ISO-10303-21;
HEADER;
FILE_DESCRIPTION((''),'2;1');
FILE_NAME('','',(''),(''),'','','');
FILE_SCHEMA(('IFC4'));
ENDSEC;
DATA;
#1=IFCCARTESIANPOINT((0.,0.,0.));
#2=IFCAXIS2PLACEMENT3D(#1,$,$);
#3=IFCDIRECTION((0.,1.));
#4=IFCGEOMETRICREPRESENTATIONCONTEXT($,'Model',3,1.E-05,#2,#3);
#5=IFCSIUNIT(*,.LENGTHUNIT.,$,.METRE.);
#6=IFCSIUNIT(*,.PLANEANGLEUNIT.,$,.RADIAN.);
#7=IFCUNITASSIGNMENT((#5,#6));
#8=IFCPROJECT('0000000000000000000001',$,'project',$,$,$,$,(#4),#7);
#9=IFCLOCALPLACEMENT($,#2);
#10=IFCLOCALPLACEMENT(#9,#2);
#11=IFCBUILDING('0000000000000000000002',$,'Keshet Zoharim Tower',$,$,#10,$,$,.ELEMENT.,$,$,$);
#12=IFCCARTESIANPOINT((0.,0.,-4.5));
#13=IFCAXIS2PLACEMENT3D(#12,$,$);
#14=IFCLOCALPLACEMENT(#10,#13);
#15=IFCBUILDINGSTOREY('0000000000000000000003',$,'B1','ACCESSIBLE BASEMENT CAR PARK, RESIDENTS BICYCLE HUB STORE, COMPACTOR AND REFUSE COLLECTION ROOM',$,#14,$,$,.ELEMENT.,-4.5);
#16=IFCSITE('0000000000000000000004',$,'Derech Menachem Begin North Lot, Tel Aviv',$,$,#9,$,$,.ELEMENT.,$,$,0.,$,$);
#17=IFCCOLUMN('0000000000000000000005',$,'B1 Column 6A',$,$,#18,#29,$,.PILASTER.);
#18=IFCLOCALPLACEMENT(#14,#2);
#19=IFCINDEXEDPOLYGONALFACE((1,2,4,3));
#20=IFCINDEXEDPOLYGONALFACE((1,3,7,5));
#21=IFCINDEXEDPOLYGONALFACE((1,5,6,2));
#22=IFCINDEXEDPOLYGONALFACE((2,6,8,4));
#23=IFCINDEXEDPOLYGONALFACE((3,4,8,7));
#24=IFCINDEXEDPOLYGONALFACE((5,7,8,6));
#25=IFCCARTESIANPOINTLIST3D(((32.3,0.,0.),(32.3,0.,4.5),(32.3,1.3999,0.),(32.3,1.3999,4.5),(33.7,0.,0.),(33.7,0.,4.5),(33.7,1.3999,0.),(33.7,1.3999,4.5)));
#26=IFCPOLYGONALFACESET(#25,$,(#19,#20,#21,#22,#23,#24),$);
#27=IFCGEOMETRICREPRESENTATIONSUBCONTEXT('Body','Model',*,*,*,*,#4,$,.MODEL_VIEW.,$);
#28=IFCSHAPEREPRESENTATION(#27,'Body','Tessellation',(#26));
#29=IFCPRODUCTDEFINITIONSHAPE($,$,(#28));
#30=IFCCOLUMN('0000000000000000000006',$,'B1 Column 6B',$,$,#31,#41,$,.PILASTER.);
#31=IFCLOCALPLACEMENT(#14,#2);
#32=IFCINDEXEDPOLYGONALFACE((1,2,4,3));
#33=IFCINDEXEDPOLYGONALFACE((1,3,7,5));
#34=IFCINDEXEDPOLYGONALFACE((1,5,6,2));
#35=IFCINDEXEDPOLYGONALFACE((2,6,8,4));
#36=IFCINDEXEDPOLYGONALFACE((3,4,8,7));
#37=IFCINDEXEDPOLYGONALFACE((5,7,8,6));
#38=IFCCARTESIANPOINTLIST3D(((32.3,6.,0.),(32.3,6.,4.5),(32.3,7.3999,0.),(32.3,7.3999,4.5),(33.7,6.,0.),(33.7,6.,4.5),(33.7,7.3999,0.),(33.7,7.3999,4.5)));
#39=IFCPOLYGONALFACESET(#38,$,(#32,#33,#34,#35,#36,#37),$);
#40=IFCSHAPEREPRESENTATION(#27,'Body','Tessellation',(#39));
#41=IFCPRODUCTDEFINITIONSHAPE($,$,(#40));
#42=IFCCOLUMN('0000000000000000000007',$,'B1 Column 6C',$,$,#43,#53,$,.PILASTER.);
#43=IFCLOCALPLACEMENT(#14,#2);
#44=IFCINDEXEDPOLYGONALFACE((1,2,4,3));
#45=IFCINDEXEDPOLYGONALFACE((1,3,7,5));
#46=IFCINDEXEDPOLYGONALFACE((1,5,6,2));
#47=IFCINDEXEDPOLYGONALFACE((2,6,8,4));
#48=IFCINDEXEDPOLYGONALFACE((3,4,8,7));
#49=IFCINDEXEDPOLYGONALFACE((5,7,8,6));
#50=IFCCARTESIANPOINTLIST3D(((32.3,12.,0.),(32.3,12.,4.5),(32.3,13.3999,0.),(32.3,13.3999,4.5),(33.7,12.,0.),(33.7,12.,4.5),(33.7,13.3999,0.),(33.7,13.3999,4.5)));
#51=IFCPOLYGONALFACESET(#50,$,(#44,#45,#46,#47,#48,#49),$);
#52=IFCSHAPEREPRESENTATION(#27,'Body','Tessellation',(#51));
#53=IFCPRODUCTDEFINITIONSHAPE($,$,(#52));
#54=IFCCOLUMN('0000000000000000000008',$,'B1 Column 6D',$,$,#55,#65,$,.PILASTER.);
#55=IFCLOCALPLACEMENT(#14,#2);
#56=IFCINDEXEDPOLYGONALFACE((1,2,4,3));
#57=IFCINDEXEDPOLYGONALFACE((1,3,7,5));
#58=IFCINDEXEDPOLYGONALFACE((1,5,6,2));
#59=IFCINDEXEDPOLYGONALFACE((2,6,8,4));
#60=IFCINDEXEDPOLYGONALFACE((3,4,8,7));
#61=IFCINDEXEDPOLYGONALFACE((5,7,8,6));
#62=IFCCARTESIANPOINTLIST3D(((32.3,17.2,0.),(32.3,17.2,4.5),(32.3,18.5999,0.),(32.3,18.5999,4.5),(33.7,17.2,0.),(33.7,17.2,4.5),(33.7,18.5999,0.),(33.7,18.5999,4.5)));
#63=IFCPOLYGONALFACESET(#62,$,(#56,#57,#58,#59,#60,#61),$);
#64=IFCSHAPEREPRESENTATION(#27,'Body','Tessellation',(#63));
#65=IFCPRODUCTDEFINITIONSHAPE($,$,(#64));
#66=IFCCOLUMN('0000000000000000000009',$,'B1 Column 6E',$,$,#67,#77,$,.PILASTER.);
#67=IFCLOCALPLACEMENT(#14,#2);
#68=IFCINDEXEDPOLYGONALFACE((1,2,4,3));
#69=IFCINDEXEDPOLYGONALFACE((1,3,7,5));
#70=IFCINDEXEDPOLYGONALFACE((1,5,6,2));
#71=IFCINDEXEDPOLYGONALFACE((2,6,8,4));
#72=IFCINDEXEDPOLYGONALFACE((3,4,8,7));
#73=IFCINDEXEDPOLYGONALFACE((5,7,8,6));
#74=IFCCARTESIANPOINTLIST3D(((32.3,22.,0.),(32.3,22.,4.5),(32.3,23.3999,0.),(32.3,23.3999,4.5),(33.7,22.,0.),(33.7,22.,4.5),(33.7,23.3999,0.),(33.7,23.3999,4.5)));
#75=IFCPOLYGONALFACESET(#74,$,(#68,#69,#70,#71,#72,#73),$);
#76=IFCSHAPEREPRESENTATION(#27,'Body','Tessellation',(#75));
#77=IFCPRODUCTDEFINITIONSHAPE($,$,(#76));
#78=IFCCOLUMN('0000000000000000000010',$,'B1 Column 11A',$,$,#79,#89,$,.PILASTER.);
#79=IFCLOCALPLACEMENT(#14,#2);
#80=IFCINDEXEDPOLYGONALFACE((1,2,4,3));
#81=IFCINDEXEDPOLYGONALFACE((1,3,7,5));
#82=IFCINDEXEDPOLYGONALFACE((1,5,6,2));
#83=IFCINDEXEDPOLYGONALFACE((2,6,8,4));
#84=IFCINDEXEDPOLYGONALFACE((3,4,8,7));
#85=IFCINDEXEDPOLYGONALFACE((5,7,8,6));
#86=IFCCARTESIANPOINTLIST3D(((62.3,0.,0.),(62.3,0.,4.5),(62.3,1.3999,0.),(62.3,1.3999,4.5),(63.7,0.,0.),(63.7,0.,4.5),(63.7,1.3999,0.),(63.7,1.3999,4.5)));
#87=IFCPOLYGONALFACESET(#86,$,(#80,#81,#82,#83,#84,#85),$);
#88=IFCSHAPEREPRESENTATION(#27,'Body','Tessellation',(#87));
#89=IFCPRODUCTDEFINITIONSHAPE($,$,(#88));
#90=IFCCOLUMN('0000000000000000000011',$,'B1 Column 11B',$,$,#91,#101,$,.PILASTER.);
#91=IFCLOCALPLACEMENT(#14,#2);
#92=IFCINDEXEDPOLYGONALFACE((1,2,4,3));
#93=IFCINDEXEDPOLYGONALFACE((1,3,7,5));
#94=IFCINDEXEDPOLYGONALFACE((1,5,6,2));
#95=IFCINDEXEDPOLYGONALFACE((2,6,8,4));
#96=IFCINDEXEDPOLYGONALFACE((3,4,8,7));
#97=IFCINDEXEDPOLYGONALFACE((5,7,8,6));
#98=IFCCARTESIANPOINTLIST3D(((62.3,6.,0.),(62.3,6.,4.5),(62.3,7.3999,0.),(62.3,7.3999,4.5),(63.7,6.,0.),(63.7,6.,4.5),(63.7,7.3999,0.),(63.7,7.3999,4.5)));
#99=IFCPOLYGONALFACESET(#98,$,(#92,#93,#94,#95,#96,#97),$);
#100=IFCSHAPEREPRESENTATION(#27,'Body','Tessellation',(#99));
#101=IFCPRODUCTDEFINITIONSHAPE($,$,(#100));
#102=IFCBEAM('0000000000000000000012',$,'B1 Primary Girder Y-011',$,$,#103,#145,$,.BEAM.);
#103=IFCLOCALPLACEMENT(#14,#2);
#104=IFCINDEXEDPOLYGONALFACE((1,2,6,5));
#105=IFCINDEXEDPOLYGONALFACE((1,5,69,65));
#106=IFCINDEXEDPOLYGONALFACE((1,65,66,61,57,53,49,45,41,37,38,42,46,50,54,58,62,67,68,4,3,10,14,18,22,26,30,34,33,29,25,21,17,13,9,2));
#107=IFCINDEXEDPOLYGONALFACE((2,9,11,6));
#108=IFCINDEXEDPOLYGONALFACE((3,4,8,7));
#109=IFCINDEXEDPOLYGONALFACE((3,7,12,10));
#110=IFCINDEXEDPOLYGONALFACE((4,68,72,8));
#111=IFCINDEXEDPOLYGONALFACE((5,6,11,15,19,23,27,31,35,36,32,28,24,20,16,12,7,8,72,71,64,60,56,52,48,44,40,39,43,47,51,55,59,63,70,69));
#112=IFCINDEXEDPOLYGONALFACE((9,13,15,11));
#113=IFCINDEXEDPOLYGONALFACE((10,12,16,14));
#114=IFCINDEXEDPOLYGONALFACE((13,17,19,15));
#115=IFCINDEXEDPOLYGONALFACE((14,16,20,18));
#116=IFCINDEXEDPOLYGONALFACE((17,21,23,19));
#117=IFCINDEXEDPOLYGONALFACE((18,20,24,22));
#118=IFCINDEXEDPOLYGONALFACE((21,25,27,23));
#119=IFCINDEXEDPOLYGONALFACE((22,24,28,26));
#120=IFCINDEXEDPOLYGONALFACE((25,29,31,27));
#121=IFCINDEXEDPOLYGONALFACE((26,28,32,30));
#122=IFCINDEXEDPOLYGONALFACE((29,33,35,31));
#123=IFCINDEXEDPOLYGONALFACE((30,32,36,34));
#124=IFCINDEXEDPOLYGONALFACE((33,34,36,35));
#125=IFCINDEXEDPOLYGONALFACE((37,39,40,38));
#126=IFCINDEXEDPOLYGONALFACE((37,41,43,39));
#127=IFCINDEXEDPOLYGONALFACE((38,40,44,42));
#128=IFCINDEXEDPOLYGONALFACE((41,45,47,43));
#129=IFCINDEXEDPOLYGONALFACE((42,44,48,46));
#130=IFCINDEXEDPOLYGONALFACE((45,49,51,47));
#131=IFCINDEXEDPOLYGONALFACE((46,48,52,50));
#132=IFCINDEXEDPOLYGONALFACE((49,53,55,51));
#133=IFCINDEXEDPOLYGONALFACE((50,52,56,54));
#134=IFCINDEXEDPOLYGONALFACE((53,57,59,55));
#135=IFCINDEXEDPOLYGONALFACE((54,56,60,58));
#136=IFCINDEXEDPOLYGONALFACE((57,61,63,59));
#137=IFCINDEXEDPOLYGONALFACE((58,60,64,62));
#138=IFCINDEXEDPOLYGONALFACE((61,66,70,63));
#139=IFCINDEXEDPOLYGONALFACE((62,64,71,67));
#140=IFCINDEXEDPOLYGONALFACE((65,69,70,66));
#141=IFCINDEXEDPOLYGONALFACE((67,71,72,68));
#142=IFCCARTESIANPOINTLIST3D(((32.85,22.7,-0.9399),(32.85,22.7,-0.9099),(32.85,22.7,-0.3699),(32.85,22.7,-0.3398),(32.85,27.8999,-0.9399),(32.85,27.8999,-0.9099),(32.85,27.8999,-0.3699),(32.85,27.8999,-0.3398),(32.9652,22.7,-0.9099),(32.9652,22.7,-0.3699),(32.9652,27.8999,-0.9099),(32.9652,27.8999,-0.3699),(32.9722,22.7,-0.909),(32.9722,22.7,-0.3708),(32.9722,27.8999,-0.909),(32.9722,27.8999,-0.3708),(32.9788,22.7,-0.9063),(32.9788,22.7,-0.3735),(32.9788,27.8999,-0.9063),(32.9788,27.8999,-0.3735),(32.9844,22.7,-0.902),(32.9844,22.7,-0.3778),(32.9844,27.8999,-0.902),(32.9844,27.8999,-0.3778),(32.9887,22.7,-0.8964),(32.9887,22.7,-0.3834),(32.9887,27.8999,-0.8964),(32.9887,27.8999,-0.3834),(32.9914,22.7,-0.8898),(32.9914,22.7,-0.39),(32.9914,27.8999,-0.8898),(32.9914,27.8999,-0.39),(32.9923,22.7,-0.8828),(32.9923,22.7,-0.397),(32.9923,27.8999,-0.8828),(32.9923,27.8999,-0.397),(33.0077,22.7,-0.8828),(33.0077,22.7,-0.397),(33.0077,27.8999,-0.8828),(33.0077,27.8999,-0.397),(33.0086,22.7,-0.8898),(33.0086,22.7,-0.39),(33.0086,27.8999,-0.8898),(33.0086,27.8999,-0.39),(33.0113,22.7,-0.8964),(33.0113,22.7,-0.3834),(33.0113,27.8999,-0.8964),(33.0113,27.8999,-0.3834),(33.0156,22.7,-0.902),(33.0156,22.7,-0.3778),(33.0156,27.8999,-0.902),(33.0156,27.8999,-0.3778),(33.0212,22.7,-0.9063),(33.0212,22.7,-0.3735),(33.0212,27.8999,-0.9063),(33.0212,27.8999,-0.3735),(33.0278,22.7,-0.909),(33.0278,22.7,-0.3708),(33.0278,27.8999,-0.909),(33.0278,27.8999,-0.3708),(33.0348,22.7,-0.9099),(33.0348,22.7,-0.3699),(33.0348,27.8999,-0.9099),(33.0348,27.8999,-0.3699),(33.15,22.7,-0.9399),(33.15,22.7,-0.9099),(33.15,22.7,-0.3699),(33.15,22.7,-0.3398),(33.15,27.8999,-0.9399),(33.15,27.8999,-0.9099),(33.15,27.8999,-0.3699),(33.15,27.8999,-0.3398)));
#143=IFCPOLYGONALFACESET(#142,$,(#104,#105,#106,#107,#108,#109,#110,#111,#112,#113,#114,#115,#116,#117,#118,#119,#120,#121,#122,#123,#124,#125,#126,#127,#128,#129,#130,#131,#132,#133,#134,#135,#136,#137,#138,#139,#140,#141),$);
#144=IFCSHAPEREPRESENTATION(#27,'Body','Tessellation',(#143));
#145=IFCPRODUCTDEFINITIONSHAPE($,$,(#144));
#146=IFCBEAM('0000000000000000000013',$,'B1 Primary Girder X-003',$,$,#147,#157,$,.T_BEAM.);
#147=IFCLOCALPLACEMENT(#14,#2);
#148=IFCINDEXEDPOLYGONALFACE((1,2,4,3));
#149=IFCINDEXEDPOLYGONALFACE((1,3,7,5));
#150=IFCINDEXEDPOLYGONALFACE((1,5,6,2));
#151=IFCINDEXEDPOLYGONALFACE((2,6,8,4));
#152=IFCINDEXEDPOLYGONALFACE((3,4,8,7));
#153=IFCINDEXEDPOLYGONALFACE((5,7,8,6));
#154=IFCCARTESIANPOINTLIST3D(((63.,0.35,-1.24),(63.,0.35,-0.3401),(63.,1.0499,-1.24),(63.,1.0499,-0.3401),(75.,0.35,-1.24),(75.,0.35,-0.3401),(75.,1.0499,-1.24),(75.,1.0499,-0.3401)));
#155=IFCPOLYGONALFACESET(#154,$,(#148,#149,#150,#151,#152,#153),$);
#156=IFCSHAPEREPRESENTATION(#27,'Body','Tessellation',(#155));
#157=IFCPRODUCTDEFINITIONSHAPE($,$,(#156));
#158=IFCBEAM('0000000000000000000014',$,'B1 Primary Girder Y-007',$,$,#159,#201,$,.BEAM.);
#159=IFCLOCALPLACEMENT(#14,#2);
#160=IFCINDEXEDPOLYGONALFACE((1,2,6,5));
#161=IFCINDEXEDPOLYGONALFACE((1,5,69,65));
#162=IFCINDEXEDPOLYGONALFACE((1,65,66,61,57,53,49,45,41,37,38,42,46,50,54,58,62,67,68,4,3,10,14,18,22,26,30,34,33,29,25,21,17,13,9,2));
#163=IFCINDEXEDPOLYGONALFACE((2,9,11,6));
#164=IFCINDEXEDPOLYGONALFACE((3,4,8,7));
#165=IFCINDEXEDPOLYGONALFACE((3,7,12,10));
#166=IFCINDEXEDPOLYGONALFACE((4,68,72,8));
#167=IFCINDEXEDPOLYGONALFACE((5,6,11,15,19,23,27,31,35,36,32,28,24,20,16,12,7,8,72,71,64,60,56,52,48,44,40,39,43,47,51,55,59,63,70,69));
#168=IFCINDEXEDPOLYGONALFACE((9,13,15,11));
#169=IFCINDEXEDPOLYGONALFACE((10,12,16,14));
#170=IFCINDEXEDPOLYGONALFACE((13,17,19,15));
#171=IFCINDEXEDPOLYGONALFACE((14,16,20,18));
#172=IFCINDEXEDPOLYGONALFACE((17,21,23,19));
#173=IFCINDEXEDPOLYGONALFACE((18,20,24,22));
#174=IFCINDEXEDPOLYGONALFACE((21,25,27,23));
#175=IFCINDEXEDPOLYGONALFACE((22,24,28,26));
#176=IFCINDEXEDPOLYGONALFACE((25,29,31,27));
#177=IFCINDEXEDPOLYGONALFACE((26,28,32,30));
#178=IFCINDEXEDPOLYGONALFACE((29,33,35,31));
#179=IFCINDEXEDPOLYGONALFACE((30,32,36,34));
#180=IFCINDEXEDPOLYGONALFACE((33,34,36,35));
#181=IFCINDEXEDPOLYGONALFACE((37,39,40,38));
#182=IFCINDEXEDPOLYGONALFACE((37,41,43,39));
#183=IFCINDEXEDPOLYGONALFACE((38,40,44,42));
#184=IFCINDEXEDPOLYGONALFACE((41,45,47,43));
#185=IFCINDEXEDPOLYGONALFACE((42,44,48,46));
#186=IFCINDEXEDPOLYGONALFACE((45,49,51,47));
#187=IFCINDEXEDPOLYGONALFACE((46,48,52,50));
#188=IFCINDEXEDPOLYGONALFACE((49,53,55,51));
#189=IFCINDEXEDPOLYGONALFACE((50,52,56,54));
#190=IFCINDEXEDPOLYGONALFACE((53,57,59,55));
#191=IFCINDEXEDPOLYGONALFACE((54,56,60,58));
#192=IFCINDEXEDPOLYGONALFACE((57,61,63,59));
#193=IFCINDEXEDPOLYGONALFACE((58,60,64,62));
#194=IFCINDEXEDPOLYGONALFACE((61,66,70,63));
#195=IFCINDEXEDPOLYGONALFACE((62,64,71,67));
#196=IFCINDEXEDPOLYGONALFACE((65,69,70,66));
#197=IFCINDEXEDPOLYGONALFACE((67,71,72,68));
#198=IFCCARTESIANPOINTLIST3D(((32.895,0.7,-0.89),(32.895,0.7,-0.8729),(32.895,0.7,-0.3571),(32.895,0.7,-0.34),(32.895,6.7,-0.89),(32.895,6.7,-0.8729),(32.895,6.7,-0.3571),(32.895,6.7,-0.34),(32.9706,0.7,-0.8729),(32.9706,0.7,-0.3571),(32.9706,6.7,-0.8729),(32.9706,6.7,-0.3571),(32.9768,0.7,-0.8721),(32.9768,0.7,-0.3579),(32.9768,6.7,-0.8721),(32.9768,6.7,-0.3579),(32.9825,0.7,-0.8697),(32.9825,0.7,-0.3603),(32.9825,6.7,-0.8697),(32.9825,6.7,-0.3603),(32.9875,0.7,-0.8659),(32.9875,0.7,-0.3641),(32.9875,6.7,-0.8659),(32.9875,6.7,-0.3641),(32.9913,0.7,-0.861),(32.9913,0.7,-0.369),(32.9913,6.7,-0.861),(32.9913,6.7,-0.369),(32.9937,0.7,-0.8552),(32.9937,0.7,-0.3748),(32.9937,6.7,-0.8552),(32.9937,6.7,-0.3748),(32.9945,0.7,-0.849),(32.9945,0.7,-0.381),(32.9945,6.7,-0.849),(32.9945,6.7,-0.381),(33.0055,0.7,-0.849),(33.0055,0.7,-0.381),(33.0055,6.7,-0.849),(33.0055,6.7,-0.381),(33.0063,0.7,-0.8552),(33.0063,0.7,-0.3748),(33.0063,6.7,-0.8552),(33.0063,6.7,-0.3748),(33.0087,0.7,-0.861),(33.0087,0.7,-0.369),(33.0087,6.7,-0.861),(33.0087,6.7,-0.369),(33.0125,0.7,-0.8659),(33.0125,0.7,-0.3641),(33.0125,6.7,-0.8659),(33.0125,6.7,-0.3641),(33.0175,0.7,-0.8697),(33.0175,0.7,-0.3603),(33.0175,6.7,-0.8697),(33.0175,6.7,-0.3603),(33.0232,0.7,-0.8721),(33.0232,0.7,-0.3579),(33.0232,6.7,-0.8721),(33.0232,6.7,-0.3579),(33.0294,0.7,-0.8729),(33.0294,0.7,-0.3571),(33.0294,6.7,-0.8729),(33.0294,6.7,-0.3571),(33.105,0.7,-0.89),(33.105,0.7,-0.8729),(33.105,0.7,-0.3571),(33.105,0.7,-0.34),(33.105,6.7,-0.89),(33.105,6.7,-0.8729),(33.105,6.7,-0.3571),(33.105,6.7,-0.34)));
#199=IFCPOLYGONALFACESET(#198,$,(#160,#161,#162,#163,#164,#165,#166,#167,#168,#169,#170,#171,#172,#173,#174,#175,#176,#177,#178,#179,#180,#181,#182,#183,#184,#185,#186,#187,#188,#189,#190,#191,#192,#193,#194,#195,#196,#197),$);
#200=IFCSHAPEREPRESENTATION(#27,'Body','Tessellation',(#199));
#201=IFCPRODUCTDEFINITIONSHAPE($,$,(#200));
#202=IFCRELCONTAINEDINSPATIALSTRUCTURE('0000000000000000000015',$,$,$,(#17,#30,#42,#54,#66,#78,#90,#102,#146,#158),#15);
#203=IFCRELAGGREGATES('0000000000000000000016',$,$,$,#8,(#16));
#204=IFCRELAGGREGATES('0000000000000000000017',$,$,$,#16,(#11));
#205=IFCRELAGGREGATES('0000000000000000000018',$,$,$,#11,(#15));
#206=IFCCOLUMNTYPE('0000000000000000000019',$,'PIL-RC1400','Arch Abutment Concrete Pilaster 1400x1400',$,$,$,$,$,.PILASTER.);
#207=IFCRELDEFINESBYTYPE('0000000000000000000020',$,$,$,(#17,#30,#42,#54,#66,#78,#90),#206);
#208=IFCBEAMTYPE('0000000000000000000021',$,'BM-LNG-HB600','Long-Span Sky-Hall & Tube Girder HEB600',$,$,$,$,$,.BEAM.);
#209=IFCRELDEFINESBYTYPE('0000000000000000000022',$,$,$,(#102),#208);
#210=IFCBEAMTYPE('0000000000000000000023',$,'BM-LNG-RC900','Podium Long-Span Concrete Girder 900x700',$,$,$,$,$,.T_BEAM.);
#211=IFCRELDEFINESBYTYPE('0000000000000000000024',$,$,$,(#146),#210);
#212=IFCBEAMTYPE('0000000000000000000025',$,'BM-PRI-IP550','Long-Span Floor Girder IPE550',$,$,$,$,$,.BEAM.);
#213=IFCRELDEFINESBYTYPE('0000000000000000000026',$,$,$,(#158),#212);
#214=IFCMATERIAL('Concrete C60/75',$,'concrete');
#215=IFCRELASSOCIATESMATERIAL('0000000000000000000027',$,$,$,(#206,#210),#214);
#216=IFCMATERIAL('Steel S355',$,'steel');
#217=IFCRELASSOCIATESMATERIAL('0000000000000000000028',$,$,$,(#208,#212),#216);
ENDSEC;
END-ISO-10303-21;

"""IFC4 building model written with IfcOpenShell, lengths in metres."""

from ifc_helpers import new_model, si_unit, direction, frame, origin, origin_2d, place, context, subcontext, project, spatial, rectangle, i_section, extrude, material, material_profile, profile_set, type_object, element, save


model = new_model("IFC4")

# Units and contexts
model_context = context("Model", 3, precision=1e-05, world=origin(), true_north=direction((0.0, 1.0)))
body_context = subcontext(model_context, "Body", "Model", "MODEL_VIEW")
ifc_project = project(units=[si_unit("LENGTHUNIT", "METRE"), si_unit("PLANEANGLEUNIT", "RADIAN")], contexts=[model_context])

# Site, building, storey
site_placement = place(None, origin())
site = spatial("IfcSite", under=ifc_project, at=site_placement, Name="Derech Menachem Begin North Lot, Tel Aviv", CompositionType="ELEMENT", RefElevation=0.0)
building_placement = place(site_placement, origin())
building = spatial("IfcBuilding", under=site, at=building_placement, Name="Keshet Zoharim Tower", CompositionType="ELEMENT")
storey_placement = place(building_placement, frame((0.0, 0.0, -4.5)))
storey = spatial("IfcBuildingStorey", under=building, at=storey_placement, Name="B1", Description="ACCESSIBLE BASEMENT CAR PARK, RESIDENTS BICYCLE HUB STORE, COMPACTOR AND REFUSE COLLECTION ROOM", CompositionType="ELEMENT", Elevation=-4.5)

# Columns
ifc_material_1 = material(Name="Concrete C60/75", Category="concrete")
ifc_material_profile_1 = material_profile(ifc_material_1, rectangle(XDim=1.3999, YDim=1.3999, at=origin_2d()), Name="RC1400x1400")
ifc_profile_set_1 = profile_set([ifc_material_profile_1], Name="Concrete C60/75")
column_type = type_object("IfcColumnType", Name="PIL-RC1400", Description="Arch Abutment Concrete Pilaster 1400x1400", PredefinedType="PILASTER", material=ifc_profile_set_1)
for number, where, z_axis, x_axis, name in (
    (1, (33.0, 0.7, 0.0), (0.0, 0.0, 1.0), (1.0, 0.0, 0.0), "B1 Column 6A"),
    (2, (33.0, 6.7, 0.0), (0.0, 0.0, 1.0), (1.0, 0.0, 0.0), "B1 Column 6B"),
    (3, (33.0, 12.7, 0.0), (0.0, 0.0, 1.0), (1.0, 0.0, 0.0), "B1 Column 6C"),
    (4, (33.0, 17.8999, 0.0), (0.0, 0.0, 1.0), (1.0, 0.0, 0.0), "B1 Column 6D"),
    (5, (33.0, 22.7, 0.0), (0.0, 0.0, 1.0), (1.0, 0.0, 0.0), "B1 Column 6E"),
    (6, (63.0, 0.7, 0.0), (0.0, 0.0, 1.0), (1.0, 0.0, 0.0), "B1 Column 11A"),
    (7, (63.0, 6.7, 0.0), (0.0, 0.0, 1.0), (1.0, 0.0, 0.0), "B1 Column 11B"),
):
    element("IfcColumn", number, at=place(storey_placement, frame(where, z_axis=z_axis, x_axis=x_axis)), inside=storey, type_object=column_type, Name=name, PredefinedType="PILASTER", context=body_context, shape_type="SweptSolid", body=[
        extrude(rectangle(XDim=1.3999, YDim=1.3999, at=origin_2d()), origin(), (0.0, 0.0, 1.0), 4.5),
    ])

# Beams
ifc_material_2 = material(Name="Steel S355", Category="steel")
ifc_material_profile_2 = material_profile(ifc_material_2, i_section(OverallWidth=0.3, OverallDepth=0.6001, WebThickness=0.0154, FlangeThickness=0.03, FilletRadius=0.0271, at=origin_2d()), Name="HEB600")
ifc_profile_set_2 = profile_set([ifc_material_profile_2], Name="Steel S355")
beam_type_1 = type_object("IfcBeamType", Name="BM-LNG-HB600", Description="Long-Span Sky-Hall & Tube Girder HEB600", PredefinedType="BEAM", material=ifc_profile_set_2)
beam_1_placement = place(storey_placement, frame((33.0, 22.7, -0.6399), z_axis=(0.0, 1.0, 0.0), x_axis=(-1.0, 0.0, 0.0)))
element("IfcBeam", 8, at=beam_1_placement, inside=storey, type_object=beam_type_1, Name="B1 Primary Girder Y-011", PredefinedType="BEAM", context=body_context, shape_type="SweptSolid", body=[
    extrude(i_section(OverallWidth=0.3, OverallDepth=0.6001, WebThickness=0.0154, FlangeThickness=0.03, FilletRadius=0.0271, at=origin_2d()), origin(), (0.0, 0.0, 1.0), 5.2),
])
ifc_material_profile_3 = material_profile(ifc_material_1, rectangle(XDim=0.7, YDim=0.8999, at=origin_2d()), Name="RC900x700")
ifc_profile_set_3 = profile_set([ifc_material_profile_3], Name="Concrete C60/75")
beam_type_2 = type_object("IfcBeamType", Name="BM-LNG-RC900", Description="Podium Long-Span Concrete Girder 900x700", PredefinedType="T_BEAM", material=ifc_profile_set_3)
beam_2_placement = place(storey_placement, frame((63.0, 0.7, -0.79), z_axis=(1.0, 0.0, 0.0), x_axis=(0.0, 1.0, 0.0)))
element("IfcBeam", 9, at=beam_2_placement, inside=storey, type_object=beam_type_2, Name="B1 Primary Girder X-003", PredefinedType="T_BEAM", context=body_context, shape_type="SweptSolid", body=[
    extrude(rectangle(XDim=0.7, YDim=0.8999, at=origin_2d()), origin(), (0.0, 0.0, 1.0), 12.0),
])
ifc_material_profile_4 = material_profile(ifc_material_2, i_section(OverallWidth=0.21, OverallDepth=0.55, WebThickness=0.011, FlangeThickness=0.0171, FilletRadius=0.0239, at=origin_2d()), Name="IPE550")
ifc_profile_set_4 = profile_set([ifc_material_profile_4], Name="Steel S355")
beam_type_3 = type_object("IfcBeamType", Name="BM-PRI-IP550", Description="Long-Span Floor Girder IPE550", PredefinedType="BEAM", material=ifc_profile_set_4)
for number, where, z_axis, x_axis, name in (
    (10, (33.0, 0.7, -0.615), (0.0, 1.0, 0.0), (-1.0, 0.0, 0.0), "B1 Primary Girder Y-007"),
):
    element("IfcBeam", number, at=place(storey_placement, frame(where, z_axis=z_axis, x_axis=x_axis)), inside=storey, type_object=beam_type_3, Name=name, PredefinedType="BEAM", context=body_context, shape_type="SweptSolid", body=[
        extrude(i_section(OverallWidth=0.21, OverallDepth=0.55, WebThickness=0.011, FlangeThickness=0.0171, FilletRadius=0.0239, at=origin_2d()), origin(), (0.0, 0.0, 1.0), 6.0),
    ])

save(model, "model.ifc")
